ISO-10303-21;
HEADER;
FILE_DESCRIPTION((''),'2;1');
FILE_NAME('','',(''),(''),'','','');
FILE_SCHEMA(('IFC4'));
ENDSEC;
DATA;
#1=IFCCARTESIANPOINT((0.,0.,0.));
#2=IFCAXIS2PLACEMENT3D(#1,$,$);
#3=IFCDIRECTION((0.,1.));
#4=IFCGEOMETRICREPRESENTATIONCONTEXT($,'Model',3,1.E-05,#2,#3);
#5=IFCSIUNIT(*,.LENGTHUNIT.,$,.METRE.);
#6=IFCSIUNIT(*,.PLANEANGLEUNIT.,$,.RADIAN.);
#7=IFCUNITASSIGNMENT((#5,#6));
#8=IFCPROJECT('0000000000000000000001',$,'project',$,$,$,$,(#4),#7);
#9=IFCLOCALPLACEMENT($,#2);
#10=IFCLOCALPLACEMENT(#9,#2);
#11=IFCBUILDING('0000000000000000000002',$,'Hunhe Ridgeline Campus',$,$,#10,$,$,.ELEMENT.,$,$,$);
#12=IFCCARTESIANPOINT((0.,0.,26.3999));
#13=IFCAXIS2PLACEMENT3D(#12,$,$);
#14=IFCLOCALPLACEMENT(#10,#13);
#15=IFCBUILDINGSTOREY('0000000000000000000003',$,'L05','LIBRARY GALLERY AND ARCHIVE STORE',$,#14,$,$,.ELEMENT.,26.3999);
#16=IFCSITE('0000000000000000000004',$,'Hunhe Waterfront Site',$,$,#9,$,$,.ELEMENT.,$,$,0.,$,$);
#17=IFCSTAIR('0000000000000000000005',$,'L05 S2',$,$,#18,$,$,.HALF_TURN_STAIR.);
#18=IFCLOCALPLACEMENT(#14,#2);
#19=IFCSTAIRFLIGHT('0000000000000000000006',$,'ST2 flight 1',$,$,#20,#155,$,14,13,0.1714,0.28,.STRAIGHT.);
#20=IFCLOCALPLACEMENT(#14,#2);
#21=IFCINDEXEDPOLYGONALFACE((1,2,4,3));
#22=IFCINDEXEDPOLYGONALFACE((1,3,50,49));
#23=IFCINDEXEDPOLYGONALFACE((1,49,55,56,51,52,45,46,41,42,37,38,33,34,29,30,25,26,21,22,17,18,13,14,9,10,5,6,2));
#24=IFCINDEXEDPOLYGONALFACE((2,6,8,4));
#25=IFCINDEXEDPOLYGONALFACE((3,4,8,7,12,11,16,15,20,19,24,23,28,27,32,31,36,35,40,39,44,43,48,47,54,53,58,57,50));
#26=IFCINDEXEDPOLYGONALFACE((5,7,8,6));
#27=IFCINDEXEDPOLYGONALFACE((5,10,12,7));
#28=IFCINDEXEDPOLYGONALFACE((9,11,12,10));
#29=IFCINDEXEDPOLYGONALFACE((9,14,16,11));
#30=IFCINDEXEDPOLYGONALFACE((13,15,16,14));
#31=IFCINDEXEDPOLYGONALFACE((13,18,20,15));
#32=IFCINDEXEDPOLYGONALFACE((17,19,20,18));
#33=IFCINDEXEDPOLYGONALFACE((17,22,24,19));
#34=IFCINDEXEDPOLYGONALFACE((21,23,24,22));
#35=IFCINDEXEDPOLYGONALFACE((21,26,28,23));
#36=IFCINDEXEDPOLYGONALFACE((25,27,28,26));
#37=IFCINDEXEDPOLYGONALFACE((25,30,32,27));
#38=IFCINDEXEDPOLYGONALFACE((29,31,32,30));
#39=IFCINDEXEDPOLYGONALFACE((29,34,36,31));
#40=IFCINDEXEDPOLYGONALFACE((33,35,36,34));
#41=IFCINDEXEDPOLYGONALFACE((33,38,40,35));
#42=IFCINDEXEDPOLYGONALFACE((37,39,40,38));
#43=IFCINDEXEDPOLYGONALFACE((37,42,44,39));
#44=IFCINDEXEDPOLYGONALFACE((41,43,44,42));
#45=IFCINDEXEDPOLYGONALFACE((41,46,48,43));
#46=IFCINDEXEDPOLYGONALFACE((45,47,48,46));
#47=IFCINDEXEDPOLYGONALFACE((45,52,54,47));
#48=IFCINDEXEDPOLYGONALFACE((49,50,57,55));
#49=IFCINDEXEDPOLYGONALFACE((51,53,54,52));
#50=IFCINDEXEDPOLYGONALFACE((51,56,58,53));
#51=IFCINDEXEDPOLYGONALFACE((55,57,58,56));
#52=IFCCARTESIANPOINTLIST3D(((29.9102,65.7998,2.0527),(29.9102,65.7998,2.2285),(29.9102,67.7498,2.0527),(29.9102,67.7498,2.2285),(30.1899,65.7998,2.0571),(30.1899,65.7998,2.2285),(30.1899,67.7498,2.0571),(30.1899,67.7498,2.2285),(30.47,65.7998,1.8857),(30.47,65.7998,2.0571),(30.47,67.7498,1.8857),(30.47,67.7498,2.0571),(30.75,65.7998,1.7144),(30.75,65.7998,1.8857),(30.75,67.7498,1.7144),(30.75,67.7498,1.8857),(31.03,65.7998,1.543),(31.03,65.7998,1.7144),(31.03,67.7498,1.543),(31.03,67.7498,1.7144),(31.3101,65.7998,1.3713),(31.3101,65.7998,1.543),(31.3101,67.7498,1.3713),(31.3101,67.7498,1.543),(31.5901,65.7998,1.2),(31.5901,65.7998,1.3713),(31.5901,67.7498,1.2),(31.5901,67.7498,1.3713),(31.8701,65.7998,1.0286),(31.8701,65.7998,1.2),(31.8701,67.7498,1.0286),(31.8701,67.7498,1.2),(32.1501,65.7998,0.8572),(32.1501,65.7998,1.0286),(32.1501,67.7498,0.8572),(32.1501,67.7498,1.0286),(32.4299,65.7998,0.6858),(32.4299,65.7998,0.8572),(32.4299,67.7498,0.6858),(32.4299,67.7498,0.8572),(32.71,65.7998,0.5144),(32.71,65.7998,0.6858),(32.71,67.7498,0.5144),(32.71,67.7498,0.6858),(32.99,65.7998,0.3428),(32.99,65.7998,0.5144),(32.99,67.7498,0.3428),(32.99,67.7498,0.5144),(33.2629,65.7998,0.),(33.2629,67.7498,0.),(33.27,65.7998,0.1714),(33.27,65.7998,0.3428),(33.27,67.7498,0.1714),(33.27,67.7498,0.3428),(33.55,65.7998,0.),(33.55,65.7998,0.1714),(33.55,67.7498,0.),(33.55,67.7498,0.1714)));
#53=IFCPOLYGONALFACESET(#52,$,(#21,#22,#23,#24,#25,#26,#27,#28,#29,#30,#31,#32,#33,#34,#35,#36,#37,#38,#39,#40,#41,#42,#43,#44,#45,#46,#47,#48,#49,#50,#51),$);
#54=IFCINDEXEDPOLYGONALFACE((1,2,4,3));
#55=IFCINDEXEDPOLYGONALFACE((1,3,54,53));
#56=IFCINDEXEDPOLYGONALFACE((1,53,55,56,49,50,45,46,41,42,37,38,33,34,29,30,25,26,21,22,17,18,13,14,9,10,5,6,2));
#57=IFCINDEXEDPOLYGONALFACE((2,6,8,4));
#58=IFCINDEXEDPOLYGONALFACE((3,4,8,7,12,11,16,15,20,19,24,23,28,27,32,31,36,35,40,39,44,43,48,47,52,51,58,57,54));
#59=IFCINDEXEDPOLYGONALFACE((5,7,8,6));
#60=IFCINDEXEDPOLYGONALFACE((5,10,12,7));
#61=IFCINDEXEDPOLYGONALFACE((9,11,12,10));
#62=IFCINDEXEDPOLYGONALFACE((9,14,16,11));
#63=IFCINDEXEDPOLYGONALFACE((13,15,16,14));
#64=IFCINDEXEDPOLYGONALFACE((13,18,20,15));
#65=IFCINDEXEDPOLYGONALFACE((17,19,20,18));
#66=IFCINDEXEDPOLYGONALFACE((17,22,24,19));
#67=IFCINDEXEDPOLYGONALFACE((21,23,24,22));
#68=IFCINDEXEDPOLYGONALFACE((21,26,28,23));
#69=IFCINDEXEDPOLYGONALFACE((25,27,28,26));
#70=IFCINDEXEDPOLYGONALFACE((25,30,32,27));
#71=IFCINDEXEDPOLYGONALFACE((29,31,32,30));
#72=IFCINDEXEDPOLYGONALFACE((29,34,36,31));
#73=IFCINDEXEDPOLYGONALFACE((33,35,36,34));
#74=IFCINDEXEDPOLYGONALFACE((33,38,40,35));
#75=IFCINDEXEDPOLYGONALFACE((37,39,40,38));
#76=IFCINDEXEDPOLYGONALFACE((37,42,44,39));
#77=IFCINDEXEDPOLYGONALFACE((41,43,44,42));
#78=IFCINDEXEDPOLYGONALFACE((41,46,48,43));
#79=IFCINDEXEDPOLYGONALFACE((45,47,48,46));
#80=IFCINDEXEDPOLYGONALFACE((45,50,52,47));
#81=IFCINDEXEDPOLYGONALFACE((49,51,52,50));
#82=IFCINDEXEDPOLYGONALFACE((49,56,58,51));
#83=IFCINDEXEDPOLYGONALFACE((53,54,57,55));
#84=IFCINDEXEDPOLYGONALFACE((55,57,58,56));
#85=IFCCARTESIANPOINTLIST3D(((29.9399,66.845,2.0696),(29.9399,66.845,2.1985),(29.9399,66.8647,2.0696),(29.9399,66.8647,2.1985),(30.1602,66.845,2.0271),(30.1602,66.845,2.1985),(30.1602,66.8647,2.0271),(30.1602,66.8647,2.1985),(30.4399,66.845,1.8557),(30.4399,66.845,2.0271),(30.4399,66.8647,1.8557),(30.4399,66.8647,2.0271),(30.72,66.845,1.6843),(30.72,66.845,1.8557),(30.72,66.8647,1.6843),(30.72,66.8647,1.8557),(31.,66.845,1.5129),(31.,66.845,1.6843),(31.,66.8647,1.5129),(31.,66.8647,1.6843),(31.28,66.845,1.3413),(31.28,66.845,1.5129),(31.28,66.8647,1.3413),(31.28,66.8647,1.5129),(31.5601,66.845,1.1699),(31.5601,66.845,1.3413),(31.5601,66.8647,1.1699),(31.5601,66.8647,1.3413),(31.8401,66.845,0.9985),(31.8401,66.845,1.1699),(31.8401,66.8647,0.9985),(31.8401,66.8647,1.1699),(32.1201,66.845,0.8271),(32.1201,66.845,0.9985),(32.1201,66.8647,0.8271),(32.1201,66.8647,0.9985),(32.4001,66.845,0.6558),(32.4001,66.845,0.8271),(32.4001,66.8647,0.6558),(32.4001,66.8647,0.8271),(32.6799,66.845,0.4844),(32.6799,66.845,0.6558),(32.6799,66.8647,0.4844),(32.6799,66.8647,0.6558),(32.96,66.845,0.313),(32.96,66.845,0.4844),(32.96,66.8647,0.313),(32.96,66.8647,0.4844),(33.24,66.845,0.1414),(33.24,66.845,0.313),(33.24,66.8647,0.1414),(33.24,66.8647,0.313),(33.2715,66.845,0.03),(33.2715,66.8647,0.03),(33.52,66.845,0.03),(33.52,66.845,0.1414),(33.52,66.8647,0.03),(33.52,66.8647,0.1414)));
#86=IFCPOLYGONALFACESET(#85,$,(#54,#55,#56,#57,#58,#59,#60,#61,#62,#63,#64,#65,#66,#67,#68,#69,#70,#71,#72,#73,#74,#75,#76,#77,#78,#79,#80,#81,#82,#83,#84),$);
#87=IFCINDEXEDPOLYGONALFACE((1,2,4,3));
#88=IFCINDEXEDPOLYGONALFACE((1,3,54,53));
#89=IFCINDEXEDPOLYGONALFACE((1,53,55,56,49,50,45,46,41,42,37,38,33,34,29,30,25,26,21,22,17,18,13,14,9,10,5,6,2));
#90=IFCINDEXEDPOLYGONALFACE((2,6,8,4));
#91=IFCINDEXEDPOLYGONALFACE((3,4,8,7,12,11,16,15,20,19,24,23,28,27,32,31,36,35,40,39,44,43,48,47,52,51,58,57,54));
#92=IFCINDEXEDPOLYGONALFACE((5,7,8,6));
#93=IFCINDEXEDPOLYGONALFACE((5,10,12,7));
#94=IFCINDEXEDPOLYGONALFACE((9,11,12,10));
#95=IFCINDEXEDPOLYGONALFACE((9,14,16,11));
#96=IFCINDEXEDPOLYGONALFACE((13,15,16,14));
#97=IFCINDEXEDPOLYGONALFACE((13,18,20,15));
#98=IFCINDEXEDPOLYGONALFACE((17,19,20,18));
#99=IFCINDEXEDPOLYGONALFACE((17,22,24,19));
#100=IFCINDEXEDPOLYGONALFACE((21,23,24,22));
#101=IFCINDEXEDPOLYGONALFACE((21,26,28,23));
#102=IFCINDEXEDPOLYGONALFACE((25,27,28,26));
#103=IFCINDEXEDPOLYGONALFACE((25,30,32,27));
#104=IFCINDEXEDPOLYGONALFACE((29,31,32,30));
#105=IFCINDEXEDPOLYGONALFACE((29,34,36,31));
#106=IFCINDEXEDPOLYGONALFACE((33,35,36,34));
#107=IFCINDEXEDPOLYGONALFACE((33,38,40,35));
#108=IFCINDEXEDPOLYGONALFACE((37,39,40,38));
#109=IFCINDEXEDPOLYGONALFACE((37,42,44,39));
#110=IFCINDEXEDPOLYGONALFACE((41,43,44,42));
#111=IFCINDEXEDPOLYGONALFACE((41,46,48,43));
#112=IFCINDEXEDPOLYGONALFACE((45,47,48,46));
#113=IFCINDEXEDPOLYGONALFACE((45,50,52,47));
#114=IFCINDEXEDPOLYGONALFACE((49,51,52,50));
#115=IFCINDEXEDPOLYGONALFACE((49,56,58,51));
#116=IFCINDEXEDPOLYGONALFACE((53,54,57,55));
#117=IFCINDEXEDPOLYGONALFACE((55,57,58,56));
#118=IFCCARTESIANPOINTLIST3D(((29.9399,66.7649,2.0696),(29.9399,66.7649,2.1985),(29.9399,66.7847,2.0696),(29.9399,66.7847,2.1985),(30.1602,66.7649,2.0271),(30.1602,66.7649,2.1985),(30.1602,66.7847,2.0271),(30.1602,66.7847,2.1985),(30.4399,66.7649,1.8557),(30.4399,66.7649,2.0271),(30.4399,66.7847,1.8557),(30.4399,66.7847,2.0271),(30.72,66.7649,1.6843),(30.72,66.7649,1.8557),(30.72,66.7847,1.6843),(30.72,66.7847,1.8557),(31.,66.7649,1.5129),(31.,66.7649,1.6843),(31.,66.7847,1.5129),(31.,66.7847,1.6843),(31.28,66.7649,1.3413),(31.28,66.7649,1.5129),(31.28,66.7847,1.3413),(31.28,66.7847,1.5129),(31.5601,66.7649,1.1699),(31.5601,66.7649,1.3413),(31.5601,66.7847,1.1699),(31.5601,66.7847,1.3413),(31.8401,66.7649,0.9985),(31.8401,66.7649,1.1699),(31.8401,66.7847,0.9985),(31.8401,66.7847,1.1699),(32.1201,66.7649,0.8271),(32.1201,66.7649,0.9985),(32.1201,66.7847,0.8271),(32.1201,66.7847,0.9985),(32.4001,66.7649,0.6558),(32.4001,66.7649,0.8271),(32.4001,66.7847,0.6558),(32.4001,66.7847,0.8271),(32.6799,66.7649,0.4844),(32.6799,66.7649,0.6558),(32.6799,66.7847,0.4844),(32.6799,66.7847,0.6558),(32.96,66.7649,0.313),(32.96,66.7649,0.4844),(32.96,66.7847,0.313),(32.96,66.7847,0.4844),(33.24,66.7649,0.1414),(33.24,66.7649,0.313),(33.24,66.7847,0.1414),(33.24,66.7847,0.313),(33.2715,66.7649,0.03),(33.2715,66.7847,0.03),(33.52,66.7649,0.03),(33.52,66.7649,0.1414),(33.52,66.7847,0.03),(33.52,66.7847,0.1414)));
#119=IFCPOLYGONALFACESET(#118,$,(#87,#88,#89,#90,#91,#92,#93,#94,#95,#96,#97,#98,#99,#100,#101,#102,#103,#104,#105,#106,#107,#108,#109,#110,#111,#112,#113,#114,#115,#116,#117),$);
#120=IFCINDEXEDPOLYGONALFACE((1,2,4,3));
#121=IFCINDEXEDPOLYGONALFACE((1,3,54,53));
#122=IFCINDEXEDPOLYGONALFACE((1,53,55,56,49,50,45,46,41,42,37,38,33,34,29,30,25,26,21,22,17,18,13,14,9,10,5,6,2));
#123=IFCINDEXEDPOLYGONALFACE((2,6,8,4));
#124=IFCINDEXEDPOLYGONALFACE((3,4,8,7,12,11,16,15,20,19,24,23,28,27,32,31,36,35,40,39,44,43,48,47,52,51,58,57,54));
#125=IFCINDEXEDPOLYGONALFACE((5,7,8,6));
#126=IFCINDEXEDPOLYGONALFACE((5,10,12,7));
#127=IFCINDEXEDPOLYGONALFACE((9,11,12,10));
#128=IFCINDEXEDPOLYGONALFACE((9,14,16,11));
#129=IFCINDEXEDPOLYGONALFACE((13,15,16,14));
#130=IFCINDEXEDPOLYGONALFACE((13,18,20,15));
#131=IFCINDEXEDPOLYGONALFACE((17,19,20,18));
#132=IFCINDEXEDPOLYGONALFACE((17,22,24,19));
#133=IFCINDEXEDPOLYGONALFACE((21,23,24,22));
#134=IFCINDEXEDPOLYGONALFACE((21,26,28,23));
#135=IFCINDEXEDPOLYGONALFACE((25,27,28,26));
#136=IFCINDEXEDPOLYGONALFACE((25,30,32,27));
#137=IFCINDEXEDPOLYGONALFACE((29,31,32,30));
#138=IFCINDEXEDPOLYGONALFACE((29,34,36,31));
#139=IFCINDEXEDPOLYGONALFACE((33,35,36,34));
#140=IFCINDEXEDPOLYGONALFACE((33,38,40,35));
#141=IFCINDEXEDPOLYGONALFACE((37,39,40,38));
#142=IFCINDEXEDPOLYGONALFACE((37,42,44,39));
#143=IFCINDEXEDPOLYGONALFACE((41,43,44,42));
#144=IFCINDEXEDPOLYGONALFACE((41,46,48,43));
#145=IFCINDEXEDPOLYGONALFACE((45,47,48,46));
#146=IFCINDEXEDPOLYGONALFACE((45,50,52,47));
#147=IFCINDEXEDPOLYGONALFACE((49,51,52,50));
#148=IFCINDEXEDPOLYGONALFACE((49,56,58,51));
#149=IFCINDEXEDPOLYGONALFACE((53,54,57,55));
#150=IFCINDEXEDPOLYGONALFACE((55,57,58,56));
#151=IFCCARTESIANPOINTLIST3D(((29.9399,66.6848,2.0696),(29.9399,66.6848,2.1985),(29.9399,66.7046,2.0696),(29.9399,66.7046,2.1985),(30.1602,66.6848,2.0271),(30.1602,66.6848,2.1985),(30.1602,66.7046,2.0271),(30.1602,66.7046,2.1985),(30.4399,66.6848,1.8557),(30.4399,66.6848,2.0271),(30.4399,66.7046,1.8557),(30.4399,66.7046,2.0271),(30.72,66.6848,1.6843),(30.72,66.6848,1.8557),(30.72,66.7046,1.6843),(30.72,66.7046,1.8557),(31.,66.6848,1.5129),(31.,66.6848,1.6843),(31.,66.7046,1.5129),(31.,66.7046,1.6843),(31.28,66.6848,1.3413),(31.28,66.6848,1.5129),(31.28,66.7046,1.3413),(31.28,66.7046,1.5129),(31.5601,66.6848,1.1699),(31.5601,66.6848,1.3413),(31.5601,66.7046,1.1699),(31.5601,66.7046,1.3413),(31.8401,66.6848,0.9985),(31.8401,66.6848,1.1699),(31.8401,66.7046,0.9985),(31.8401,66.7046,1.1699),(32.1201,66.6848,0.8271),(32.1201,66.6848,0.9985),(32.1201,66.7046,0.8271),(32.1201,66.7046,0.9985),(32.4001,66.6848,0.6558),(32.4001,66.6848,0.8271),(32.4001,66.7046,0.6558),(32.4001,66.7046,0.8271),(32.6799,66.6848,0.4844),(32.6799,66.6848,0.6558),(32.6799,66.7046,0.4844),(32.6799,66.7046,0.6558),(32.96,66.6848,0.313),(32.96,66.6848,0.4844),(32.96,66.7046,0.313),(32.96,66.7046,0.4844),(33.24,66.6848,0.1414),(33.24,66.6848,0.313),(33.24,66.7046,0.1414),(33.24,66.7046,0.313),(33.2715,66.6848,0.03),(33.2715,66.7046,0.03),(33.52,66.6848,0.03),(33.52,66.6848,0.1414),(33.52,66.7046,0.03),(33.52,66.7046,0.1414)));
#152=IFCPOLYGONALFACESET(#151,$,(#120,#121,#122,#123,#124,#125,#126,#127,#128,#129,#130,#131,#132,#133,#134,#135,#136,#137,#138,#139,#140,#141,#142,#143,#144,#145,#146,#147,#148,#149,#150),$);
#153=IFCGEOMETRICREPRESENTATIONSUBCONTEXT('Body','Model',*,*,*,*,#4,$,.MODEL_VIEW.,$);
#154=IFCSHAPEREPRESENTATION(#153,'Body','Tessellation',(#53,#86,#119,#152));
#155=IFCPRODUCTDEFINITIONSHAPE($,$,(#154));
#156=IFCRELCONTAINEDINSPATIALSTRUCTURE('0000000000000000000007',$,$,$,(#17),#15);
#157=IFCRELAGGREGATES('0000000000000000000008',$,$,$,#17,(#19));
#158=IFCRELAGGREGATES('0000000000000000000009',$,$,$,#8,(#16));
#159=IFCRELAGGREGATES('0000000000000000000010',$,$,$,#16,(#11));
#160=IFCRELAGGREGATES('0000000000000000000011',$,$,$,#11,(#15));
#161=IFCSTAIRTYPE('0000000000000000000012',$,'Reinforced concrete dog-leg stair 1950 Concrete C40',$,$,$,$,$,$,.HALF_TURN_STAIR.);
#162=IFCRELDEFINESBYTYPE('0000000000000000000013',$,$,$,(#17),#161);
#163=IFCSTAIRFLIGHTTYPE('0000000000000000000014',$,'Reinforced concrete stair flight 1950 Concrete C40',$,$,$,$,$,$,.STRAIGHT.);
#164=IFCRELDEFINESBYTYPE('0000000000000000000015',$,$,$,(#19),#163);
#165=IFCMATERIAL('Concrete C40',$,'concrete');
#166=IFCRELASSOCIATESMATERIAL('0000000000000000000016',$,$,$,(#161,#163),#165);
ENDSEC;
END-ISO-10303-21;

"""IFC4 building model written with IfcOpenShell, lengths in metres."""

from ifc_helpers import new_model, si_unit, direction, frame, origin, place, context, subcontext, project, spatial, polyline, outline, extrude, material, type_object, element, aggregate, save


model = new_model("IFC4")

# Units and contexts
model_context = context("Model", 3, precision=1e-05, world=origin(), true_north=direction((0.0, 1.0)))
body_context = subcontext(model_context, "Body", "Model", "MODEL_VIEW")
ifc_project = project(units=[si_unit("LENGTHUNIT", "METRE"), si_unit("PLANEANGLEUNIT", "RADIAN")], contexts=[model_context])

# Site, building, storey
site_placement = place(None, origin())
site = spatial("IfcSite", under=ifc_project, at=site_placement, Name="Hunhe Waterfront Site", CompositionType="ELEMENT", RefElevation=0.0)
building_placement = place(site_placement, origin())
building = spatial("IfcBuilding", under=site, at=building_placement, Name="Hunhe Ridgeline Campus", CompositionType="ELEMENT")
storey_placement = place(building_placement, frame((0.0, 0.0, 26.3999)))
storey = spatial("IfcBuildingStorey", under=building, at=storey_placement, Name="L05", Description="LIBRARY GALLERY AND ARCHIVE STORE", CompositionType="ELEMENT", Elevation=26.3999)

# Stair, stair flight
ifc_material_1 = material(Name="Concrete C40", Category="concrete")
stair_type = type_object("IfcStairType", Name="Reinforced concrete dog-leg stair 1950 Concrete C40", PredefinedType="HALF_TURN_STAIR", material=ifc_material_1)
stair_placement = place(storey_placement, origin())
stair = element("IfcStair", 1, at=stair_placement, inside=storey, type_object=stair_type, Name="L05 S2", PredefinedType="HALF_TURN_STAIR")
stair_flight_type = type_object("IfcStairFlightType", Name="Reinforced concrete stair flight 1950 Concrete C40", PredefinedType="STRAIGHT", material=ifc_material_1)
stair_flight_1_placement = place(storey_placement, frame((33.55, 66.7749, 0.0), z_axis=(0.0, 0.0, 1.0), x_axis=(-1.0, 0.0, 0.0)))
stair_flight_1 = element("IfcStairFlight", 2, at=stair_flight_1_placement, type_object=stair_flight_type, Name="ST2 flight 1", NumberOfRisers=14, NumberOfTreads=13, PredefinedType="STRAIGHT", RiserHeight=0.1714, TreadLength=0.28, context=body_context, shape_type="SweptSolid", body=[
    extrude(outline(polyline([(0.0, 0.0), (0.0, 0.1714), (0.28, 0.1714), (0.28, 0.3428), (0.5601, 0.3428), (0.5601, 0.5144), (0.8401, 0.5144), (0.8401, 0.6858), (1.1201, 0.6858), (1.1201, 0.8572), (1.3999, 0.8572), (1.3999, 1.0286), (1.6799, 1.0286), (1.6799, 1.2), (1.96, 1.2), (1.96, 1.3713), (2.24, 1.3713), (2.24, 1.543), (2.52, 1.543), (2.52, 1.7144), (2.8, 1.7144), (2.8, 1.8857), (3.0801, 1.8857), (3.0801, 2.0571), (3.3601, 2.0571), (3.3601, 2.2285), (3.6399, 2.2285), (3.6399, 2.3999), (3.6399, 2.0527), (0.2871, 0.0), (0.0, 0.0)])), frame((0.0, 0.9751, 0.0), z_axis=(0.0, -1.0, 0.0), x_axis=(1.0, 0.0, 0.0)), (0.0, 0.0, 1.0), 1.95),
    extrude(outline(polyline([(0.03, 0.03), (0.03, 0.1414), (0.3101, 0.1414), (0.3101, 0.313), (0.5901, 0.313), (0.5901, 0.4844), (0.8701, 0.4844), (0.8701, 0.6558), (1.1499, 0.6558), (1.1499, 0.8271), (1.4299, 0.8271), (1.4299, 0.9985), (1.71, 0.9985), (1.71, 1.1699), (1.99, 1.1699), (1.99, 1.3413), (2.27, 1.3413), (2.27, 1.5129), (2.55, 1.5129), (2.55, 1.6843), (2.8301, 1.6843), (2.8301, 1.8557), (3.1101, 1.8557), (3.1101, 2.0271), (3.3899, 2.0271), (3.3899, 2.1985), (3.6101, 2.1985), (3.6101, 2.0696), (0.2786, 0.03), (0.03, 0.03)])), frame((0.0, -0.0701, 0.0), z_axis=(0.0, -1.0, 0.0), x_axis=(1.0, 0.0, 0.0)), (0.0, 0.0, 1.0), 0.0198),
    extrude(outline(polyline([(0.03, 0.03), (0.03, 0.1414), (0.3101, 0.1414), (0.3101, 0.313), (0.5901, 0.313), (0.5901, 0.4844), (0.8701, 0.4844), (0.8701, 0.6558), (1.1499, 0.6558), (1.1499, 0.8271), (1.4299, 0.8271), (1.4299, 0.9985), (1.71, 0.9985), (1.71, 1.1699), (1.99, 1.1699), (1.99, 1.3413), (2.27, 1.3413), (2.27, 1.5129), (2.55, 1.5129), (2.55, 1.6843), (2.8301, 1.6843), (2.8301, 1.8557), (3.1101, 1.8557), (3.1101, 2.0271), (3.3899, 2.0271), (3.3899, 2.1985), (3.6101, 2.1985), (3.6101, 2.0696), (0.2786, 0.03), (0.03, 0.03)])), frame((0.0, 0.01, 0.0), z_axis=(0.0, -1.0, 0.0), x_axis=(1.0, 0.0, 0.0)), (0.0, 0.0, 1.0), 0.0198),
    extrude(outline(polyline([(0.03, 0.03), (0.03, 0.1414), (0.3101, 0.1414), (0.3101, 0.313), (0.5901, 0.313), (0.5901, 0.4844), (0.8701, 0.4844), (0.8701, 0.6558), (1.1499, 0.6558), (1.1499, 0.8271), (1.4299, 0.8271), (1.4299, 0.9985), (1.71, 0.9985), (1.71, 1.1699), (1.99, 1.1699), (1.99, 1.3413), (2.27, 1.3413), (2.27, 1.5129), (2.55, 1.5129), (2.55, 1.6843), (2.8301, 1.6843), (2.8301, 1.8557), (3.1101, 1.8557), (3.1101, 2.0271), (3.3899, 2.0271), (3.3899, 2.1985), (3.6101, 2.1985), (3.6101, 2.0696), (0.2786, 0.03), (0.03, 0.03)])), frame((0.0, 0.0901, 0.0), z_axis=(0.0, -1.0, 0.0), x_axis=(1.0, 0.0, 0.0)), (0.0, 0.0, 1.0), 0.0198),
])
aggregate(stair, [stair_flight_1])

save(model, "model.ifc")
